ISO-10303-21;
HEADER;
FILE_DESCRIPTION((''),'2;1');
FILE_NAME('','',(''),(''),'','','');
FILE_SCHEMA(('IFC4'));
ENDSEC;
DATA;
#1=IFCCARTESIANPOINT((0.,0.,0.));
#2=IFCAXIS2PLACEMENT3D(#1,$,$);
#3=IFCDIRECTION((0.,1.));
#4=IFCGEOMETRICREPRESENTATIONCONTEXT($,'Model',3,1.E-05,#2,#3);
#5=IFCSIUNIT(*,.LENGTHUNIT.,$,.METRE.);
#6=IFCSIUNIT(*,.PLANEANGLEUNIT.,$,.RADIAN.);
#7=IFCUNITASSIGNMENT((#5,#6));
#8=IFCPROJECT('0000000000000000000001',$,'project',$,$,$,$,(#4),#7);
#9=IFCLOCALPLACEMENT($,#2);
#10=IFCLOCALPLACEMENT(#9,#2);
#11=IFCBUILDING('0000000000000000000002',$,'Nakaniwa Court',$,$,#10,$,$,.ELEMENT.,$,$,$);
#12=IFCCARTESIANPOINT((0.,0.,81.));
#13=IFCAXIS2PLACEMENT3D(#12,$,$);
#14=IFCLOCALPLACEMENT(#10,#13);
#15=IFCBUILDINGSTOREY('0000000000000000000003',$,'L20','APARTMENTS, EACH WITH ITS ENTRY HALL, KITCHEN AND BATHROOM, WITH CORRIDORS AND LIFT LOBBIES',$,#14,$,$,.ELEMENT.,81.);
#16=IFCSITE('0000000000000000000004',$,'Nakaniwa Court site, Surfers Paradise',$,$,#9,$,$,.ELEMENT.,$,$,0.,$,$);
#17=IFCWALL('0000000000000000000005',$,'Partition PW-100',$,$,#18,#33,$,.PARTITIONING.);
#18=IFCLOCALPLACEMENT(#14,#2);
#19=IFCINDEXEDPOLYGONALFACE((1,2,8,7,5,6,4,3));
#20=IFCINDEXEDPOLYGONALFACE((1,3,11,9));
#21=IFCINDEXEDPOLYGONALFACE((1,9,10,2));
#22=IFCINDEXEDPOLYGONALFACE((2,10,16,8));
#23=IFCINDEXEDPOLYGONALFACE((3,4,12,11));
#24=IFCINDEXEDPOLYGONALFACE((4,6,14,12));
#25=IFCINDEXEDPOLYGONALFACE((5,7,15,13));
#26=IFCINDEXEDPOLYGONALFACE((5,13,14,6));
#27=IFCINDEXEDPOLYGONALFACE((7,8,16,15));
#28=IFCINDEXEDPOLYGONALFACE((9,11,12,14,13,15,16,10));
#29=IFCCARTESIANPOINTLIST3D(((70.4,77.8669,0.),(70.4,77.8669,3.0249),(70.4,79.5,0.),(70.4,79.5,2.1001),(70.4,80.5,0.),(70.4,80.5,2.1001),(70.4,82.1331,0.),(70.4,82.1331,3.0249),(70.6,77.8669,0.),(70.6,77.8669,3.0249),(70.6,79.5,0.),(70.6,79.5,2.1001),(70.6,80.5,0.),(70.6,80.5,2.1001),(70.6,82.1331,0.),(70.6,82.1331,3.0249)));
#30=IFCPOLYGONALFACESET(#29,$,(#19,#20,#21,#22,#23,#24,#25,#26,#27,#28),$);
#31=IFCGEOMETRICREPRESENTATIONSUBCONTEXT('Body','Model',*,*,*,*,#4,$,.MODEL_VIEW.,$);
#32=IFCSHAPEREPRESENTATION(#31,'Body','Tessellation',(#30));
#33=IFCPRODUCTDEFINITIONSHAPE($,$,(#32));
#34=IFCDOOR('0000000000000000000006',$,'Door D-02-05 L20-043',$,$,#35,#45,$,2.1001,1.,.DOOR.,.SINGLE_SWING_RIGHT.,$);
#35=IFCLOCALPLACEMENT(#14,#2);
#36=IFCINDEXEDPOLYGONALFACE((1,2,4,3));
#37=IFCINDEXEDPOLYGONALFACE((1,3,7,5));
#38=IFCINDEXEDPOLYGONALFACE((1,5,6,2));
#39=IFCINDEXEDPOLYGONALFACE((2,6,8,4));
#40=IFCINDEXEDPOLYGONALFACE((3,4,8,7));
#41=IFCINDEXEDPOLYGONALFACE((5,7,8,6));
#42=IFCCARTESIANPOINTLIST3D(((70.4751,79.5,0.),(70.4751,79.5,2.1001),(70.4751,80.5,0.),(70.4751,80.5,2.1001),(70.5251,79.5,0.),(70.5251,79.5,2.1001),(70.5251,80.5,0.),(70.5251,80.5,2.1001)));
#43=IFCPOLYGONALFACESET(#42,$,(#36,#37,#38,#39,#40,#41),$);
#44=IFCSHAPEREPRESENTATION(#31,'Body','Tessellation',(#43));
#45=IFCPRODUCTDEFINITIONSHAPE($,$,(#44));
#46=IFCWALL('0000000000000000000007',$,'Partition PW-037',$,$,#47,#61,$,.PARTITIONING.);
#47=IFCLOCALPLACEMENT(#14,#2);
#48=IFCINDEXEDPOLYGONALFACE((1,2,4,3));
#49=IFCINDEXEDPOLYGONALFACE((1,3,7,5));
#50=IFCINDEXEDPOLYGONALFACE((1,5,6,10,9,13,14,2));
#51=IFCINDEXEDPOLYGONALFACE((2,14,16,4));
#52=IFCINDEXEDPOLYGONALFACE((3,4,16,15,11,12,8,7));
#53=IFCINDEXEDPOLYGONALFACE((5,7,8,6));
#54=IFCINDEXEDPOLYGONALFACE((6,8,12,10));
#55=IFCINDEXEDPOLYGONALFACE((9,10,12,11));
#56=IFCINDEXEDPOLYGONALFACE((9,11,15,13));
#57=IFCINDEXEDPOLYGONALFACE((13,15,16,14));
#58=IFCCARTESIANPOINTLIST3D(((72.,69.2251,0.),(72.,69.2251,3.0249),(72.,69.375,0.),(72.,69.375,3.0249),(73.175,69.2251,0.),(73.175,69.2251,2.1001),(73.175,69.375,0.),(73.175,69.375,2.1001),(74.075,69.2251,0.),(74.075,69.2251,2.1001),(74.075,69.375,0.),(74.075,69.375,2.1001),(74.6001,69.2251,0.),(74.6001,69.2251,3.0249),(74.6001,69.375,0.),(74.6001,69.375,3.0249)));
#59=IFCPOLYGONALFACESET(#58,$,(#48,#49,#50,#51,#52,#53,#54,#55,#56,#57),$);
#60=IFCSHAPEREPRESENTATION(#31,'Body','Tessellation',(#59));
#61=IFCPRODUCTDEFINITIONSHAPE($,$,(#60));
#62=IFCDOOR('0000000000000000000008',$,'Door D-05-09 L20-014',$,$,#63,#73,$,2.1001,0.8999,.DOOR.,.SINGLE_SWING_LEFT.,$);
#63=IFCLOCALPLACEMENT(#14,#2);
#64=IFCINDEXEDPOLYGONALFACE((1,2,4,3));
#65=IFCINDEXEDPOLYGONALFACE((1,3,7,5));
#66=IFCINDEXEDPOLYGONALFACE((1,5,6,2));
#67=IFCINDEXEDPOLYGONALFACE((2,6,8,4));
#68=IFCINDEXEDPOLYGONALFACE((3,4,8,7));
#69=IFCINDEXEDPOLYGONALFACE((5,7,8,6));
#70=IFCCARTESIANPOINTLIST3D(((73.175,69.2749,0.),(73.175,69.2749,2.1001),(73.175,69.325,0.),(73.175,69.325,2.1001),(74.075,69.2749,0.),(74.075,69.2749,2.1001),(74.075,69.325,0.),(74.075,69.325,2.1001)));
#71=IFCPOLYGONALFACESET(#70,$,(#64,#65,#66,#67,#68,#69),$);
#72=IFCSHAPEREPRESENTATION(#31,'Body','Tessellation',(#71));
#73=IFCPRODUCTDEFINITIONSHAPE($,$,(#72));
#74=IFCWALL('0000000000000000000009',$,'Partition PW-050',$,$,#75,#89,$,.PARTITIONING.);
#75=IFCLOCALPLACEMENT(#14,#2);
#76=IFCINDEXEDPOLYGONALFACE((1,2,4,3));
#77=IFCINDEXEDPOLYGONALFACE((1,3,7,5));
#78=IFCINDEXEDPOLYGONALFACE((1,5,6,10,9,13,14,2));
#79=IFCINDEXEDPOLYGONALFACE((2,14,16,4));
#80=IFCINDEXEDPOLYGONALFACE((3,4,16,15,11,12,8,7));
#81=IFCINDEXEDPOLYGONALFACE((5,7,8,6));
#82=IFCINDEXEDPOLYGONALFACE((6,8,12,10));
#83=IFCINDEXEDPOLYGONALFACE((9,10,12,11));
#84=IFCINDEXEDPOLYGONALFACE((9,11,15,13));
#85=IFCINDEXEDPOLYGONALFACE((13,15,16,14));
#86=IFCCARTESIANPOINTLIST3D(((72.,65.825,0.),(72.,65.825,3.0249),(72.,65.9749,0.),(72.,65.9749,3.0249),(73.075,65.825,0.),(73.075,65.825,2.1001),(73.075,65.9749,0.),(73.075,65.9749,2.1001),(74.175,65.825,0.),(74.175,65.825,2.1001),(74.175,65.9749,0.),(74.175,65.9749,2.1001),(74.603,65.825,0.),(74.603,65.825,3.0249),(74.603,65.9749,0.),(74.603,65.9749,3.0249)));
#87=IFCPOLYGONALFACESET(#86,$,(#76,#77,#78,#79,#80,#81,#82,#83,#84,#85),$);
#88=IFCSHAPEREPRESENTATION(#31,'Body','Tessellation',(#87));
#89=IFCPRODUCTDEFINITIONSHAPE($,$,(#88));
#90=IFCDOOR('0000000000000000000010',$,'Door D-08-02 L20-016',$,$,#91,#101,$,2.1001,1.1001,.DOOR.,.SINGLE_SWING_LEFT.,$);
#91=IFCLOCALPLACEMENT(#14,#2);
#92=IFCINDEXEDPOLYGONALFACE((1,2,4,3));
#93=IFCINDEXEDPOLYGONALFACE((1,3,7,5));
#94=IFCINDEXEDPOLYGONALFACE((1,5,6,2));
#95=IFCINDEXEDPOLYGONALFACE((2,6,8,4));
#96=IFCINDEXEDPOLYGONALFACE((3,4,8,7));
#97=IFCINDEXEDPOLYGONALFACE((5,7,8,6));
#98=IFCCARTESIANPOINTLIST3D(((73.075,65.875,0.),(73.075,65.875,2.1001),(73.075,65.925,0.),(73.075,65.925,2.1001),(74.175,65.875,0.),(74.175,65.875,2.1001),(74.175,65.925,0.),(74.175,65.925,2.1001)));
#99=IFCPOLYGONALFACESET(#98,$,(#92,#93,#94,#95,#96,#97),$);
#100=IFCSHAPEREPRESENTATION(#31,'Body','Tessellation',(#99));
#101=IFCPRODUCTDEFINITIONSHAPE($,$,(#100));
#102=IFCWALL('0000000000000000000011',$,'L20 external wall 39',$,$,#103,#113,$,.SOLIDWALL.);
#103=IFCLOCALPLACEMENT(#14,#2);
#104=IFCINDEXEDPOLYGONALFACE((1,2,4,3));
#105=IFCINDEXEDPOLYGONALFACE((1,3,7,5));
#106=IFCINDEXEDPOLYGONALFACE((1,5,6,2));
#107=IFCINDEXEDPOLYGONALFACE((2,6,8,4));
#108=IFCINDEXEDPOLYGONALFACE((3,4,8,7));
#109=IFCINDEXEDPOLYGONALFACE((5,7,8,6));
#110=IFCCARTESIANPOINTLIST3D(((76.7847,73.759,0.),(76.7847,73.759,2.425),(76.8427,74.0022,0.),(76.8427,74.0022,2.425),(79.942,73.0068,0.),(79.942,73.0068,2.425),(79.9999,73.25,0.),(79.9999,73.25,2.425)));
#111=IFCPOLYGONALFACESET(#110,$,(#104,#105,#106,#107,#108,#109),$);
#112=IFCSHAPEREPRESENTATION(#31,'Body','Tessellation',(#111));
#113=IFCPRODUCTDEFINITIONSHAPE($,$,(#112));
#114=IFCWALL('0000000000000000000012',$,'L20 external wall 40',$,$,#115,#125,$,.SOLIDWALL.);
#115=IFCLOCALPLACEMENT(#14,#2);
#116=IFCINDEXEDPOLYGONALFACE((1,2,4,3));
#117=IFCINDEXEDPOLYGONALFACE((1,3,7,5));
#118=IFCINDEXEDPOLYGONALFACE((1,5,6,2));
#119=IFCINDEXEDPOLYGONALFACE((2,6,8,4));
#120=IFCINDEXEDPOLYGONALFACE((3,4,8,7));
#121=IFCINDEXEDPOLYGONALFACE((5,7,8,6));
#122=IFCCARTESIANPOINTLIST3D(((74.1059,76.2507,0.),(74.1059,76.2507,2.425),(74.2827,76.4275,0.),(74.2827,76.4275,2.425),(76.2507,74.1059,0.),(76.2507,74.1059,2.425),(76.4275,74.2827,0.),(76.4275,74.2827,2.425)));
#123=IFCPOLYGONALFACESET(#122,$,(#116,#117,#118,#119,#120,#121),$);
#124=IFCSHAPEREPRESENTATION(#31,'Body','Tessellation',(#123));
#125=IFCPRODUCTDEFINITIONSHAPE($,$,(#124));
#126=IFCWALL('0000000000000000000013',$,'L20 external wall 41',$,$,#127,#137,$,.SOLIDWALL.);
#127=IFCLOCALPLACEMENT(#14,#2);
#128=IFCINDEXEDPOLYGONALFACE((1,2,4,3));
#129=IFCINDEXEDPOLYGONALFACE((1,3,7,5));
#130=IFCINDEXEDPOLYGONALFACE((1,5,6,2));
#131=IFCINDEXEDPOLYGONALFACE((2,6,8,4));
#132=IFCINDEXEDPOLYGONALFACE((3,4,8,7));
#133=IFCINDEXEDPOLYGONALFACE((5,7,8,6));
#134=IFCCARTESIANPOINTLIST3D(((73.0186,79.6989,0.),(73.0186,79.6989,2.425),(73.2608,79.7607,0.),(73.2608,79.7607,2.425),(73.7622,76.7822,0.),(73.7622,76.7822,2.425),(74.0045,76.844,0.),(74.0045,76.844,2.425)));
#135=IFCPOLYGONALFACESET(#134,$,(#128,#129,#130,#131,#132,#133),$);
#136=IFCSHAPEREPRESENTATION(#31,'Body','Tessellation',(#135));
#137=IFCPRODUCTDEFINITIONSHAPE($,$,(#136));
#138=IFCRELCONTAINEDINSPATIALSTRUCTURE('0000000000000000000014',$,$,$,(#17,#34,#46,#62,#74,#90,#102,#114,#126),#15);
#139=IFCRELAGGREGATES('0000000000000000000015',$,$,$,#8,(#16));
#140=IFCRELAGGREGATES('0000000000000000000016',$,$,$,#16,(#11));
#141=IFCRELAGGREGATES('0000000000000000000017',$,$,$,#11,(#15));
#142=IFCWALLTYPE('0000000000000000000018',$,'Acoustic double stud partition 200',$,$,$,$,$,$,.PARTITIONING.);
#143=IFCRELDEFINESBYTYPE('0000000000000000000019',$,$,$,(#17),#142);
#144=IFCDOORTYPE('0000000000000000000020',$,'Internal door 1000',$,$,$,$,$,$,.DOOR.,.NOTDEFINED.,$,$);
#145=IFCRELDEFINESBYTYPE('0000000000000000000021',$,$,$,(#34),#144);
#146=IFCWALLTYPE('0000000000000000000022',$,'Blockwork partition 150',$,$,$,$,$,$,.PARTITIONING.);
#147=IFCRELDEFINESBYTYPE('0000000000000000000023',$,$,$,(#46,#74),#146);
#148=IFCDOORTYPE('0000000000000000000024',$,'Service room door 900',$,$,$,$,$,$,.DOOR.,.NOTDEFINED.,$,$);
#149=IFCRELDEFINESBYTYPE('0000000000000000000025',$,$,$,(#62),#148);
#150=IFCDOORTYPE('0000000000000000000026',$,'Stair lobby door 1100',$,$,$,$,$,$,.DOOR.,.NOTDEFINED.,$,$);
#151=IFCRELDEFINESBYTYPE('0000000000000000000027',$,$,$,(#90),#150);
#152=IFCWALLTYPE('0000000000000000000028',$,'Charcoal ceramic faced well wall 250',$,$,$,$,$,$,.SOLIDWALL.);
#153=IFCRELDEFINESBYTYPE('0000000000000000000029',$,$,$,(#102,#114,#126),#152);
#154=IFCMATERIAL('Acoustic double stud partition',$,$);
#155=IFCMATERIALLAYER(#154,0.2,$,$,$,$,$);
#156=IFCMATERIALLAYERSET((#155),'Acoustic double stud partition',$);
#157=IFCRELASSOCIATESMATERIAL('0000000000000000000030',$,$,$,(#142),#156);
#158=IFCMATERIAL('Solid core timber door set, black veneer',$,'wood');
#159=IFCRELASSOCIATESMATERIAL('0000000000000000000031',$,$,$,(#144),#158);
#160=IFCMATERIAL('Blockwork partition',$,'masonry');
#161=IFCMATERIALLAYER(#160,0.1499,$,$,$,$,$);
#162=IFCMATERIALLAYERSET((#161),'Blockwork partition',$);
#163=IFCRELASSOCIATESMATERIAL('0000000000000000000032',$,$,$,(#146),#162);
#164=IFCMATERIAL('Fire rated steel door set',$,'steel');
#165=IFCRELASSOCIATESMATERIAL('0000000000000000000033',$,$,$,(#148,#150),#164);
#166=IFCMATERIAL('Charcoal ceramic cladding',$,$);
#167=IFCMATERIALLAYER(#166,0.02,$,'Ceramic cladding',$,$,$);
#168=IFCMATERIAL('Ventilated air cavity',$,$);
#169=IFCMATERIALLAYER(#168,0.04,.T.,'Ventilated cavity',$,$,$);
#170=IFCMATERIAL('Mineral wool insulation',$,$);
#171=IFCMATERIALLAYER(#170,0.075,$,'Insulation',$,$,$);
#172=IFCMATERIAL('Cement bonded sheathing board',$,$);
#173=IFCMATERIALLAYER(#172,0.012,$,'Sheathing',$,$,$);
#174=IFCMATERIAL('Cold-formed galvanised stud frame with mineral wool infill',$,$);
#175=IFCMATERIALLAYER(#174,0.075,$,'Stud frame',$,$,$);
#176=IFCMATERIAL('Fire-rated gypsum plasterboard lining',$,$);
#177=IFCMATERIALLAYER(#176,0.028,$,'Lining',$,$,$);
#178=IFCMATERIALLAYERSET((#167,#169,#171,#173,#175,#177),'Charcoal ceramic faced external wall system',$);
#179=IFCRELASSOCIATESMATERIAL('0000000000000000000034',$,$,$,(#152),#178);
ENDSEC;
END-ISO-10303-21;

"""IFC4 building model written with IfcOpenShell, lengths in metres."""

from ifc_helpers import new_model, si_unit, direction, frame, frame_2d, origin, place, context, subcontext, project, spatial, rectangle, extrude, material, layer, layer_set, type_object, element, fill, save


model = new_model("IFC4")

# Units and contexts
model_context = context("Model", 3, precision=1e-05, world=origin(), true_north=direction((0.0, 1.0)))
body_context = subcontext(model_context, "Body", "Model", "MODEL_VIEW")
ifc_project = project(units=[si_unit("LENGTHUNIT", "METRE"), si_unit("PLANEANGLEUNIT", "RADIAN")], contexts=[model_context])

# Site, building, storey
site_placement = place(None, origin())
site = spatial("IfcSite", under=ifc_project, at=site_placement, Name="Nakaniwa Court site, Surfers Paradise", CompositionType="ELEMENT", RefElevation=0.0)
building_placement = place(site_placement, origin())
building = spatial("IfcBuilding", under=site, at=building_placement, Name="Nakaniwa Court", CompositionType="ELEMENT")
storey_placement = place(building_placement, frame((0.0, 0.0, 81.0)))
storey = spatial("IfcBuildingStorey", under=building, at=storey_placement, Name="L20", Description="APARTMENTS, EACH WITH ITS ENTRY HALL, KITCHEN AND BATHROOM, WITH CORRIDORS AND LIFT LOBBIES", CompositionType="ELEMENT", Elevation=81.0)

# Shared definitions
ifc_material_1 = material(Name="Acoustic double stud partition")
ifc_layer_1 = layer(ifc_material_1, 0.2)
ifc_layer_set_1 = layer_set([ifc_layer_1], Name="Acoustic double stud partition")
wall_type_1 = type_object("IfcWallType", Name="Acoustic double stud partition 200", PredefinedType="PARTITIONING", material=ifc_layer_set_1)

# Shared definitions
ifc_material_2 = material(Name="Solid core timber door set, black veneer", Category="wood")
door_type_1 = type_object("IfcDoorType", Name="Internal door 1000", OperationType="NOTDEFINED", PredefinedType="DOOR", material=ifc_material_2)

# Walls, openings, doors
wall_1_placement = place(storey_placement, frame((70.5, 77.8669, 0.0), z_axis=(0.0, 0.0, 1.0), x_axis=(0.0, 1.0, 0.0)))
wall_1 = element("IfcWall", 1, at=wall_1_placement, inside=storey, type_object=wall_type_1, Name="Partition PW-100", PredefinedType="PARTITIONING", context=body_context, shape_type="SweptSolid", body=[
    extrude(rectangle(XDim=4.2661, YDim=0.2, at=frame_2d((2.1331, 0.0))), origin(), (0.0, 0.0, 1.0), 3.0249),
])
opening_1_placement = place(wall_1_placement, frame((1.6331, 0.0, 0.0)))
opening_1 = element("IfcOpeningElement", 2, at=opening_1_placement, cuts=wall_1, PredefinedType="OPENING", context=body_context, shape_type="SweptSolid", body=[
    extrude(rectangle(XDim=1.0, YDim=2.1001, at=frame_2d((0.5, 1.05))), frame((0.0, 0.1099, 0.0), z_axis=(0.0, -1.0, 0.0), x_axis=(1.0, 0.0, 0.0)), (0.0, 0.0, 1.0), 0.22),
])
door_1_placement = place(opening_1_placement, origin())
door_1 = element("IfcDoor", 3, at=door_1_placement, inside=storey, type_object=door_type_1, Name="Door D-02-05 L20-043", OperationType="SINGLE_SWING_RIGHT", OverallHeight=2.1001, OverallWidth=1.0, PredefinedType="DOOR", context=body_context, shape_type="SweptSolid", body=[
    extrude(rectangle(XDim=1.0, YDim=2.1001, at=frame_2d((0.5, 1.05))), frame((0.0, 0.0249, 0.0), z_axis=(0.0, -1.0, 0.0), x_axis=(1.0, 0.0, 0.0)), (0.0, 0.0, 1.0), 0.05),
])
fill(opening_1, door_1)
ifc_material_3 = material(Name="Blockwork partition", Category="masonry")
ifc_layer_2 = layer(ifc_material_3, 0.1499)
ifc_layer_set_2 = layer_set([ifc_layer_2], Name="Blockwork partition")
wall_type_2 = type_object("IfcWallType", Name="Blockwork partition 150", PredefinedType="PARTITIONING", material=ifc_layer_set_2)
wall_2_placement = place(storey_placement, frame((72.0, 69.3, 0.0), z_axis=(0.0, 0.0, 1.0), x_axis=(1.0, 0.0, 0.0)))
wall_2 = element("IfcWall", 4, at=wall_2_placement, inside=storey, type_object=wall_type_2, Name="Partition PW-037", PredefinedType="PARTITIONING", context=body_context, shape_type="SweptSolid", body=[
    extrude(rectangle(XDim=2.6001, YDim=0.1499, at=frame_2d((1.3, 0.0))), origin(), (0.0, 0.0, 1.0), 3.0249),
])
opening_2_placement = place(wall_2_placement, frame((1.175, 0.0, 0.0)))
opening_2 = element("IfcOpeningElement", 5, at=opening_2_placement, cuts=wall_2, PredefinedType="OPENING", context=body_context, shape_type="SweptSolid", body=[
    extrude(rectangle(XDim=0.8999, YDim=2.1001, at=frame_2d((0.45, 1.05))), frame((0.0, 0.085, 0.0), z_axis=(0.0, -1.0, 0.0), x_axis=(1.0, 0.0, 0.0)), (0.0, 0.0, 1.0), 0.1699),
])
ifc_material_4 = material(Name="Fire rated steel door set", Category="steel")
door_type_2 = type_object("IfcDoorType", Name="Service room door 900", OperationType="NOTDEFINED", PredefinedType="DOOR", material=ifc_material_4)
door_2_placement = place(opening_2_placement, origin())
door_2 = element("IfcDoor", 6, at=door_2_placement, inside=storey, type_object=door_type_2, Name="Door D-05-09 L20-014", OperationType="SINGLE_SWING_LEFT", OverallHeight=2.1001, OverallWidth=0.8999, PredefinedType="DOOR", context=body_context, shape_type="SweptSolid", body=[
    extrude(rectangle(XDim=0.8999, YDim=2.1001, at=frame_2d((0.45, 1.05))), frame((0.0, 0.0249, 0.0), z_axis=(0.0, -1.0, 0.0), x_axis=(1.0, 0.0, 0.0)), (0.0, 0.0, 1.0), 0.05),
])
fill(opening_2, door_2)
wall_3_placement = place(storey_placement, frame((74.603, 65.8999, 0.0), z_axis=(0.0, 0.0, 1.0), x_axis=(-1.0, 0.0, 0.0)))
wall_3 = element("IfcWall", 7, at=wall_3_placement, inside=storey, type_object=wall_type_2, Name="Partition PW-050", PredefinedType="PARTITIONING", context=body_context, shape_type="SweptSolid", body=[
    extrude(rectangle(XDim=2.603, YDim=0.1499, at=frame_2d((1.3015, 0.0))), origin(), (0.0, 0.0, 1.0), 3.0249),
])
opening_3_placement = place(wall_3_placement, frame((0.428, 0.0, 0.0)))
opening_3 = element("IfcOpeningElement", 8, at=opening_3_placement, cuts=wall_3, PredefinedType="OPENING", context=body_context, shape_type="SweptSolid", body=[
    extrude(rectangle(XDim=1.1001, YDim=2.1001, at=frame_2d((0.55, 1.05))), frame((0.0, 0.085, 0.0), z_axis=(0.0, -1.0, 0.0), x_axis=(1.0, 0.0, 0.0)), (0.0, 0.0, 1.0), 0.1699),
])
door_type_3 = type_object("IfcDoorType", Name="Stair lobby door 1100", OperationType="NOTDEFINED", PredefinedType="DOOR", material=ifc_material_4)
door_3_placement = place(opening_3_placement, origin())
door_3 = element("IfcDoor", 9, at=door_3_placement, inside=storey, type_object=door_type_3, Name="Door D-08-02 L20-016", OperationType="SINGLE_SWING_LEFT", OverallHeight=2.1001, OverallWidth=1.1001, PredefinedType="DOOR", context=body_context, shape_type="SweptSolid", body=[
    extrude(rectangle(XDim=1.1001, YDim=2.1001, at=frame_2d((0.55, 1.05))), frame((0.0, 0.0249, 0.0), z_axis=(0.0, -1.0, 0.0), x_axis=(1.0, 0.0, 0.0)), (0.0, 0.0, 1.0), 0.05),
])
fill(opening_3, door_3)

# Walls
ifc_material_5 = material(Name="Charcoal ceramic cladding")
ifc_layer_3 = layer(ifc_material_5, 0.02, Name="Ceramic cladding")
ifc_material_6 = material(Name="Ventilated air cavity")
ifc_layer_4 = layer(ifc_material_6, 0.04, ventilated=True, Name="Ventilated cavity")
ifc_material_7 = material(Name="Mineral wool insulation")
ifc_layer_5 = layer(ifc_material_7, 0.075, Name="Insulation")
ifc_material_8 = material(Name="Cement bonded sheathing board")
ifc_layer_6 = layer(ifc_material_8, 0.012, Name="Sheathing")
ifc_material_9 = material(Name="Cold-formed galvanised stud frame with mineral wool infill")
ifc_layer_7 = layer(ifc_material_9, 0.075, Name="Stud frame")
ifc_material_10 = material(Name="Fire-rated gypsum plasterboard lining")
ifc_layer_8 = layer(ifc_material_10, 0.028, Name="Lining")
ifc_layer_set_3 = layer_set([ifc_layer_3, ifc_layer_4, ifc_layer_5, ifc_layer_6, ifc_layer_7, ifc_layer_8], Name="Charcoal ceramic faced external wall system")
wall_type_3 = type_object("IfcWallType", Name="Charcoal ceramic faced well wall 250", PredefinedType="SOLIDWALL", material=ifc_layer_set_3)
wall_4_placement = place(storey_placement, frame((79.9709, 73.1284, 0.0), z_axis=(0.0, 0.0, 1.0), x_axis=(-0.972773, 0.23176, 0.0)))
element("IfcWall", 10, at=wall_4_placement, inside=storey, type_object=wall_type_3, Name="L20 external wall 39", PredefinedType="SOLIDWALL", context=body_context, shape_type="SweptSolid", body=[
    extrude(rectangle(XDim=3.2456, YDim=0.25, at=frame_2d((1.6228, 0.0))), origin(), (0.0, 0.0, 1.0), 2.425),
])
wall_5_placement = place(storey_placement, frame((76.3391, 74.1943, 0.0), z_axis=(0.0, 0.0, 1.0), x_axis=(-0.707107, 0.707107, 0.0)))
element("IfcWall", 11, at=wall_5_placement, inside=storey, type_object=wall_type_3, Name="L20 external wall 40", PredefinedType="SOLIDWALL", context=body_context, shape_type="SweptSolid", body=[
    extrude(rectangle(XDim=3.0332, YDim=0.25, at=frame_2d((1.5166, 0.0))), origin(), (0.0, 0.0, 1.0), 2.425),
])
wall_6_placement = place(storey_placement, frame((73.8833, 76.8132, 0.0), z_axis=(0.0, 0.0, 1.0), x_axis=(-0.247056, 0.969001, 0.0)))
element("IfcWall", 12, at=wall_6_placement, inside=storey, type_object=wall_type_3, Name="L20 external wall 41", PredefinedType="SOLIDWALL", context=body_context, shape_type="SweptSolid", body=[
    extrude(rectangle(XDim=3.01, YDim=0.25, at=frame_2d((1.5049, 0.0))), origin(), (0.0, 0.0, 1.0), 2.425),
])

save(model, "model.ifc")
